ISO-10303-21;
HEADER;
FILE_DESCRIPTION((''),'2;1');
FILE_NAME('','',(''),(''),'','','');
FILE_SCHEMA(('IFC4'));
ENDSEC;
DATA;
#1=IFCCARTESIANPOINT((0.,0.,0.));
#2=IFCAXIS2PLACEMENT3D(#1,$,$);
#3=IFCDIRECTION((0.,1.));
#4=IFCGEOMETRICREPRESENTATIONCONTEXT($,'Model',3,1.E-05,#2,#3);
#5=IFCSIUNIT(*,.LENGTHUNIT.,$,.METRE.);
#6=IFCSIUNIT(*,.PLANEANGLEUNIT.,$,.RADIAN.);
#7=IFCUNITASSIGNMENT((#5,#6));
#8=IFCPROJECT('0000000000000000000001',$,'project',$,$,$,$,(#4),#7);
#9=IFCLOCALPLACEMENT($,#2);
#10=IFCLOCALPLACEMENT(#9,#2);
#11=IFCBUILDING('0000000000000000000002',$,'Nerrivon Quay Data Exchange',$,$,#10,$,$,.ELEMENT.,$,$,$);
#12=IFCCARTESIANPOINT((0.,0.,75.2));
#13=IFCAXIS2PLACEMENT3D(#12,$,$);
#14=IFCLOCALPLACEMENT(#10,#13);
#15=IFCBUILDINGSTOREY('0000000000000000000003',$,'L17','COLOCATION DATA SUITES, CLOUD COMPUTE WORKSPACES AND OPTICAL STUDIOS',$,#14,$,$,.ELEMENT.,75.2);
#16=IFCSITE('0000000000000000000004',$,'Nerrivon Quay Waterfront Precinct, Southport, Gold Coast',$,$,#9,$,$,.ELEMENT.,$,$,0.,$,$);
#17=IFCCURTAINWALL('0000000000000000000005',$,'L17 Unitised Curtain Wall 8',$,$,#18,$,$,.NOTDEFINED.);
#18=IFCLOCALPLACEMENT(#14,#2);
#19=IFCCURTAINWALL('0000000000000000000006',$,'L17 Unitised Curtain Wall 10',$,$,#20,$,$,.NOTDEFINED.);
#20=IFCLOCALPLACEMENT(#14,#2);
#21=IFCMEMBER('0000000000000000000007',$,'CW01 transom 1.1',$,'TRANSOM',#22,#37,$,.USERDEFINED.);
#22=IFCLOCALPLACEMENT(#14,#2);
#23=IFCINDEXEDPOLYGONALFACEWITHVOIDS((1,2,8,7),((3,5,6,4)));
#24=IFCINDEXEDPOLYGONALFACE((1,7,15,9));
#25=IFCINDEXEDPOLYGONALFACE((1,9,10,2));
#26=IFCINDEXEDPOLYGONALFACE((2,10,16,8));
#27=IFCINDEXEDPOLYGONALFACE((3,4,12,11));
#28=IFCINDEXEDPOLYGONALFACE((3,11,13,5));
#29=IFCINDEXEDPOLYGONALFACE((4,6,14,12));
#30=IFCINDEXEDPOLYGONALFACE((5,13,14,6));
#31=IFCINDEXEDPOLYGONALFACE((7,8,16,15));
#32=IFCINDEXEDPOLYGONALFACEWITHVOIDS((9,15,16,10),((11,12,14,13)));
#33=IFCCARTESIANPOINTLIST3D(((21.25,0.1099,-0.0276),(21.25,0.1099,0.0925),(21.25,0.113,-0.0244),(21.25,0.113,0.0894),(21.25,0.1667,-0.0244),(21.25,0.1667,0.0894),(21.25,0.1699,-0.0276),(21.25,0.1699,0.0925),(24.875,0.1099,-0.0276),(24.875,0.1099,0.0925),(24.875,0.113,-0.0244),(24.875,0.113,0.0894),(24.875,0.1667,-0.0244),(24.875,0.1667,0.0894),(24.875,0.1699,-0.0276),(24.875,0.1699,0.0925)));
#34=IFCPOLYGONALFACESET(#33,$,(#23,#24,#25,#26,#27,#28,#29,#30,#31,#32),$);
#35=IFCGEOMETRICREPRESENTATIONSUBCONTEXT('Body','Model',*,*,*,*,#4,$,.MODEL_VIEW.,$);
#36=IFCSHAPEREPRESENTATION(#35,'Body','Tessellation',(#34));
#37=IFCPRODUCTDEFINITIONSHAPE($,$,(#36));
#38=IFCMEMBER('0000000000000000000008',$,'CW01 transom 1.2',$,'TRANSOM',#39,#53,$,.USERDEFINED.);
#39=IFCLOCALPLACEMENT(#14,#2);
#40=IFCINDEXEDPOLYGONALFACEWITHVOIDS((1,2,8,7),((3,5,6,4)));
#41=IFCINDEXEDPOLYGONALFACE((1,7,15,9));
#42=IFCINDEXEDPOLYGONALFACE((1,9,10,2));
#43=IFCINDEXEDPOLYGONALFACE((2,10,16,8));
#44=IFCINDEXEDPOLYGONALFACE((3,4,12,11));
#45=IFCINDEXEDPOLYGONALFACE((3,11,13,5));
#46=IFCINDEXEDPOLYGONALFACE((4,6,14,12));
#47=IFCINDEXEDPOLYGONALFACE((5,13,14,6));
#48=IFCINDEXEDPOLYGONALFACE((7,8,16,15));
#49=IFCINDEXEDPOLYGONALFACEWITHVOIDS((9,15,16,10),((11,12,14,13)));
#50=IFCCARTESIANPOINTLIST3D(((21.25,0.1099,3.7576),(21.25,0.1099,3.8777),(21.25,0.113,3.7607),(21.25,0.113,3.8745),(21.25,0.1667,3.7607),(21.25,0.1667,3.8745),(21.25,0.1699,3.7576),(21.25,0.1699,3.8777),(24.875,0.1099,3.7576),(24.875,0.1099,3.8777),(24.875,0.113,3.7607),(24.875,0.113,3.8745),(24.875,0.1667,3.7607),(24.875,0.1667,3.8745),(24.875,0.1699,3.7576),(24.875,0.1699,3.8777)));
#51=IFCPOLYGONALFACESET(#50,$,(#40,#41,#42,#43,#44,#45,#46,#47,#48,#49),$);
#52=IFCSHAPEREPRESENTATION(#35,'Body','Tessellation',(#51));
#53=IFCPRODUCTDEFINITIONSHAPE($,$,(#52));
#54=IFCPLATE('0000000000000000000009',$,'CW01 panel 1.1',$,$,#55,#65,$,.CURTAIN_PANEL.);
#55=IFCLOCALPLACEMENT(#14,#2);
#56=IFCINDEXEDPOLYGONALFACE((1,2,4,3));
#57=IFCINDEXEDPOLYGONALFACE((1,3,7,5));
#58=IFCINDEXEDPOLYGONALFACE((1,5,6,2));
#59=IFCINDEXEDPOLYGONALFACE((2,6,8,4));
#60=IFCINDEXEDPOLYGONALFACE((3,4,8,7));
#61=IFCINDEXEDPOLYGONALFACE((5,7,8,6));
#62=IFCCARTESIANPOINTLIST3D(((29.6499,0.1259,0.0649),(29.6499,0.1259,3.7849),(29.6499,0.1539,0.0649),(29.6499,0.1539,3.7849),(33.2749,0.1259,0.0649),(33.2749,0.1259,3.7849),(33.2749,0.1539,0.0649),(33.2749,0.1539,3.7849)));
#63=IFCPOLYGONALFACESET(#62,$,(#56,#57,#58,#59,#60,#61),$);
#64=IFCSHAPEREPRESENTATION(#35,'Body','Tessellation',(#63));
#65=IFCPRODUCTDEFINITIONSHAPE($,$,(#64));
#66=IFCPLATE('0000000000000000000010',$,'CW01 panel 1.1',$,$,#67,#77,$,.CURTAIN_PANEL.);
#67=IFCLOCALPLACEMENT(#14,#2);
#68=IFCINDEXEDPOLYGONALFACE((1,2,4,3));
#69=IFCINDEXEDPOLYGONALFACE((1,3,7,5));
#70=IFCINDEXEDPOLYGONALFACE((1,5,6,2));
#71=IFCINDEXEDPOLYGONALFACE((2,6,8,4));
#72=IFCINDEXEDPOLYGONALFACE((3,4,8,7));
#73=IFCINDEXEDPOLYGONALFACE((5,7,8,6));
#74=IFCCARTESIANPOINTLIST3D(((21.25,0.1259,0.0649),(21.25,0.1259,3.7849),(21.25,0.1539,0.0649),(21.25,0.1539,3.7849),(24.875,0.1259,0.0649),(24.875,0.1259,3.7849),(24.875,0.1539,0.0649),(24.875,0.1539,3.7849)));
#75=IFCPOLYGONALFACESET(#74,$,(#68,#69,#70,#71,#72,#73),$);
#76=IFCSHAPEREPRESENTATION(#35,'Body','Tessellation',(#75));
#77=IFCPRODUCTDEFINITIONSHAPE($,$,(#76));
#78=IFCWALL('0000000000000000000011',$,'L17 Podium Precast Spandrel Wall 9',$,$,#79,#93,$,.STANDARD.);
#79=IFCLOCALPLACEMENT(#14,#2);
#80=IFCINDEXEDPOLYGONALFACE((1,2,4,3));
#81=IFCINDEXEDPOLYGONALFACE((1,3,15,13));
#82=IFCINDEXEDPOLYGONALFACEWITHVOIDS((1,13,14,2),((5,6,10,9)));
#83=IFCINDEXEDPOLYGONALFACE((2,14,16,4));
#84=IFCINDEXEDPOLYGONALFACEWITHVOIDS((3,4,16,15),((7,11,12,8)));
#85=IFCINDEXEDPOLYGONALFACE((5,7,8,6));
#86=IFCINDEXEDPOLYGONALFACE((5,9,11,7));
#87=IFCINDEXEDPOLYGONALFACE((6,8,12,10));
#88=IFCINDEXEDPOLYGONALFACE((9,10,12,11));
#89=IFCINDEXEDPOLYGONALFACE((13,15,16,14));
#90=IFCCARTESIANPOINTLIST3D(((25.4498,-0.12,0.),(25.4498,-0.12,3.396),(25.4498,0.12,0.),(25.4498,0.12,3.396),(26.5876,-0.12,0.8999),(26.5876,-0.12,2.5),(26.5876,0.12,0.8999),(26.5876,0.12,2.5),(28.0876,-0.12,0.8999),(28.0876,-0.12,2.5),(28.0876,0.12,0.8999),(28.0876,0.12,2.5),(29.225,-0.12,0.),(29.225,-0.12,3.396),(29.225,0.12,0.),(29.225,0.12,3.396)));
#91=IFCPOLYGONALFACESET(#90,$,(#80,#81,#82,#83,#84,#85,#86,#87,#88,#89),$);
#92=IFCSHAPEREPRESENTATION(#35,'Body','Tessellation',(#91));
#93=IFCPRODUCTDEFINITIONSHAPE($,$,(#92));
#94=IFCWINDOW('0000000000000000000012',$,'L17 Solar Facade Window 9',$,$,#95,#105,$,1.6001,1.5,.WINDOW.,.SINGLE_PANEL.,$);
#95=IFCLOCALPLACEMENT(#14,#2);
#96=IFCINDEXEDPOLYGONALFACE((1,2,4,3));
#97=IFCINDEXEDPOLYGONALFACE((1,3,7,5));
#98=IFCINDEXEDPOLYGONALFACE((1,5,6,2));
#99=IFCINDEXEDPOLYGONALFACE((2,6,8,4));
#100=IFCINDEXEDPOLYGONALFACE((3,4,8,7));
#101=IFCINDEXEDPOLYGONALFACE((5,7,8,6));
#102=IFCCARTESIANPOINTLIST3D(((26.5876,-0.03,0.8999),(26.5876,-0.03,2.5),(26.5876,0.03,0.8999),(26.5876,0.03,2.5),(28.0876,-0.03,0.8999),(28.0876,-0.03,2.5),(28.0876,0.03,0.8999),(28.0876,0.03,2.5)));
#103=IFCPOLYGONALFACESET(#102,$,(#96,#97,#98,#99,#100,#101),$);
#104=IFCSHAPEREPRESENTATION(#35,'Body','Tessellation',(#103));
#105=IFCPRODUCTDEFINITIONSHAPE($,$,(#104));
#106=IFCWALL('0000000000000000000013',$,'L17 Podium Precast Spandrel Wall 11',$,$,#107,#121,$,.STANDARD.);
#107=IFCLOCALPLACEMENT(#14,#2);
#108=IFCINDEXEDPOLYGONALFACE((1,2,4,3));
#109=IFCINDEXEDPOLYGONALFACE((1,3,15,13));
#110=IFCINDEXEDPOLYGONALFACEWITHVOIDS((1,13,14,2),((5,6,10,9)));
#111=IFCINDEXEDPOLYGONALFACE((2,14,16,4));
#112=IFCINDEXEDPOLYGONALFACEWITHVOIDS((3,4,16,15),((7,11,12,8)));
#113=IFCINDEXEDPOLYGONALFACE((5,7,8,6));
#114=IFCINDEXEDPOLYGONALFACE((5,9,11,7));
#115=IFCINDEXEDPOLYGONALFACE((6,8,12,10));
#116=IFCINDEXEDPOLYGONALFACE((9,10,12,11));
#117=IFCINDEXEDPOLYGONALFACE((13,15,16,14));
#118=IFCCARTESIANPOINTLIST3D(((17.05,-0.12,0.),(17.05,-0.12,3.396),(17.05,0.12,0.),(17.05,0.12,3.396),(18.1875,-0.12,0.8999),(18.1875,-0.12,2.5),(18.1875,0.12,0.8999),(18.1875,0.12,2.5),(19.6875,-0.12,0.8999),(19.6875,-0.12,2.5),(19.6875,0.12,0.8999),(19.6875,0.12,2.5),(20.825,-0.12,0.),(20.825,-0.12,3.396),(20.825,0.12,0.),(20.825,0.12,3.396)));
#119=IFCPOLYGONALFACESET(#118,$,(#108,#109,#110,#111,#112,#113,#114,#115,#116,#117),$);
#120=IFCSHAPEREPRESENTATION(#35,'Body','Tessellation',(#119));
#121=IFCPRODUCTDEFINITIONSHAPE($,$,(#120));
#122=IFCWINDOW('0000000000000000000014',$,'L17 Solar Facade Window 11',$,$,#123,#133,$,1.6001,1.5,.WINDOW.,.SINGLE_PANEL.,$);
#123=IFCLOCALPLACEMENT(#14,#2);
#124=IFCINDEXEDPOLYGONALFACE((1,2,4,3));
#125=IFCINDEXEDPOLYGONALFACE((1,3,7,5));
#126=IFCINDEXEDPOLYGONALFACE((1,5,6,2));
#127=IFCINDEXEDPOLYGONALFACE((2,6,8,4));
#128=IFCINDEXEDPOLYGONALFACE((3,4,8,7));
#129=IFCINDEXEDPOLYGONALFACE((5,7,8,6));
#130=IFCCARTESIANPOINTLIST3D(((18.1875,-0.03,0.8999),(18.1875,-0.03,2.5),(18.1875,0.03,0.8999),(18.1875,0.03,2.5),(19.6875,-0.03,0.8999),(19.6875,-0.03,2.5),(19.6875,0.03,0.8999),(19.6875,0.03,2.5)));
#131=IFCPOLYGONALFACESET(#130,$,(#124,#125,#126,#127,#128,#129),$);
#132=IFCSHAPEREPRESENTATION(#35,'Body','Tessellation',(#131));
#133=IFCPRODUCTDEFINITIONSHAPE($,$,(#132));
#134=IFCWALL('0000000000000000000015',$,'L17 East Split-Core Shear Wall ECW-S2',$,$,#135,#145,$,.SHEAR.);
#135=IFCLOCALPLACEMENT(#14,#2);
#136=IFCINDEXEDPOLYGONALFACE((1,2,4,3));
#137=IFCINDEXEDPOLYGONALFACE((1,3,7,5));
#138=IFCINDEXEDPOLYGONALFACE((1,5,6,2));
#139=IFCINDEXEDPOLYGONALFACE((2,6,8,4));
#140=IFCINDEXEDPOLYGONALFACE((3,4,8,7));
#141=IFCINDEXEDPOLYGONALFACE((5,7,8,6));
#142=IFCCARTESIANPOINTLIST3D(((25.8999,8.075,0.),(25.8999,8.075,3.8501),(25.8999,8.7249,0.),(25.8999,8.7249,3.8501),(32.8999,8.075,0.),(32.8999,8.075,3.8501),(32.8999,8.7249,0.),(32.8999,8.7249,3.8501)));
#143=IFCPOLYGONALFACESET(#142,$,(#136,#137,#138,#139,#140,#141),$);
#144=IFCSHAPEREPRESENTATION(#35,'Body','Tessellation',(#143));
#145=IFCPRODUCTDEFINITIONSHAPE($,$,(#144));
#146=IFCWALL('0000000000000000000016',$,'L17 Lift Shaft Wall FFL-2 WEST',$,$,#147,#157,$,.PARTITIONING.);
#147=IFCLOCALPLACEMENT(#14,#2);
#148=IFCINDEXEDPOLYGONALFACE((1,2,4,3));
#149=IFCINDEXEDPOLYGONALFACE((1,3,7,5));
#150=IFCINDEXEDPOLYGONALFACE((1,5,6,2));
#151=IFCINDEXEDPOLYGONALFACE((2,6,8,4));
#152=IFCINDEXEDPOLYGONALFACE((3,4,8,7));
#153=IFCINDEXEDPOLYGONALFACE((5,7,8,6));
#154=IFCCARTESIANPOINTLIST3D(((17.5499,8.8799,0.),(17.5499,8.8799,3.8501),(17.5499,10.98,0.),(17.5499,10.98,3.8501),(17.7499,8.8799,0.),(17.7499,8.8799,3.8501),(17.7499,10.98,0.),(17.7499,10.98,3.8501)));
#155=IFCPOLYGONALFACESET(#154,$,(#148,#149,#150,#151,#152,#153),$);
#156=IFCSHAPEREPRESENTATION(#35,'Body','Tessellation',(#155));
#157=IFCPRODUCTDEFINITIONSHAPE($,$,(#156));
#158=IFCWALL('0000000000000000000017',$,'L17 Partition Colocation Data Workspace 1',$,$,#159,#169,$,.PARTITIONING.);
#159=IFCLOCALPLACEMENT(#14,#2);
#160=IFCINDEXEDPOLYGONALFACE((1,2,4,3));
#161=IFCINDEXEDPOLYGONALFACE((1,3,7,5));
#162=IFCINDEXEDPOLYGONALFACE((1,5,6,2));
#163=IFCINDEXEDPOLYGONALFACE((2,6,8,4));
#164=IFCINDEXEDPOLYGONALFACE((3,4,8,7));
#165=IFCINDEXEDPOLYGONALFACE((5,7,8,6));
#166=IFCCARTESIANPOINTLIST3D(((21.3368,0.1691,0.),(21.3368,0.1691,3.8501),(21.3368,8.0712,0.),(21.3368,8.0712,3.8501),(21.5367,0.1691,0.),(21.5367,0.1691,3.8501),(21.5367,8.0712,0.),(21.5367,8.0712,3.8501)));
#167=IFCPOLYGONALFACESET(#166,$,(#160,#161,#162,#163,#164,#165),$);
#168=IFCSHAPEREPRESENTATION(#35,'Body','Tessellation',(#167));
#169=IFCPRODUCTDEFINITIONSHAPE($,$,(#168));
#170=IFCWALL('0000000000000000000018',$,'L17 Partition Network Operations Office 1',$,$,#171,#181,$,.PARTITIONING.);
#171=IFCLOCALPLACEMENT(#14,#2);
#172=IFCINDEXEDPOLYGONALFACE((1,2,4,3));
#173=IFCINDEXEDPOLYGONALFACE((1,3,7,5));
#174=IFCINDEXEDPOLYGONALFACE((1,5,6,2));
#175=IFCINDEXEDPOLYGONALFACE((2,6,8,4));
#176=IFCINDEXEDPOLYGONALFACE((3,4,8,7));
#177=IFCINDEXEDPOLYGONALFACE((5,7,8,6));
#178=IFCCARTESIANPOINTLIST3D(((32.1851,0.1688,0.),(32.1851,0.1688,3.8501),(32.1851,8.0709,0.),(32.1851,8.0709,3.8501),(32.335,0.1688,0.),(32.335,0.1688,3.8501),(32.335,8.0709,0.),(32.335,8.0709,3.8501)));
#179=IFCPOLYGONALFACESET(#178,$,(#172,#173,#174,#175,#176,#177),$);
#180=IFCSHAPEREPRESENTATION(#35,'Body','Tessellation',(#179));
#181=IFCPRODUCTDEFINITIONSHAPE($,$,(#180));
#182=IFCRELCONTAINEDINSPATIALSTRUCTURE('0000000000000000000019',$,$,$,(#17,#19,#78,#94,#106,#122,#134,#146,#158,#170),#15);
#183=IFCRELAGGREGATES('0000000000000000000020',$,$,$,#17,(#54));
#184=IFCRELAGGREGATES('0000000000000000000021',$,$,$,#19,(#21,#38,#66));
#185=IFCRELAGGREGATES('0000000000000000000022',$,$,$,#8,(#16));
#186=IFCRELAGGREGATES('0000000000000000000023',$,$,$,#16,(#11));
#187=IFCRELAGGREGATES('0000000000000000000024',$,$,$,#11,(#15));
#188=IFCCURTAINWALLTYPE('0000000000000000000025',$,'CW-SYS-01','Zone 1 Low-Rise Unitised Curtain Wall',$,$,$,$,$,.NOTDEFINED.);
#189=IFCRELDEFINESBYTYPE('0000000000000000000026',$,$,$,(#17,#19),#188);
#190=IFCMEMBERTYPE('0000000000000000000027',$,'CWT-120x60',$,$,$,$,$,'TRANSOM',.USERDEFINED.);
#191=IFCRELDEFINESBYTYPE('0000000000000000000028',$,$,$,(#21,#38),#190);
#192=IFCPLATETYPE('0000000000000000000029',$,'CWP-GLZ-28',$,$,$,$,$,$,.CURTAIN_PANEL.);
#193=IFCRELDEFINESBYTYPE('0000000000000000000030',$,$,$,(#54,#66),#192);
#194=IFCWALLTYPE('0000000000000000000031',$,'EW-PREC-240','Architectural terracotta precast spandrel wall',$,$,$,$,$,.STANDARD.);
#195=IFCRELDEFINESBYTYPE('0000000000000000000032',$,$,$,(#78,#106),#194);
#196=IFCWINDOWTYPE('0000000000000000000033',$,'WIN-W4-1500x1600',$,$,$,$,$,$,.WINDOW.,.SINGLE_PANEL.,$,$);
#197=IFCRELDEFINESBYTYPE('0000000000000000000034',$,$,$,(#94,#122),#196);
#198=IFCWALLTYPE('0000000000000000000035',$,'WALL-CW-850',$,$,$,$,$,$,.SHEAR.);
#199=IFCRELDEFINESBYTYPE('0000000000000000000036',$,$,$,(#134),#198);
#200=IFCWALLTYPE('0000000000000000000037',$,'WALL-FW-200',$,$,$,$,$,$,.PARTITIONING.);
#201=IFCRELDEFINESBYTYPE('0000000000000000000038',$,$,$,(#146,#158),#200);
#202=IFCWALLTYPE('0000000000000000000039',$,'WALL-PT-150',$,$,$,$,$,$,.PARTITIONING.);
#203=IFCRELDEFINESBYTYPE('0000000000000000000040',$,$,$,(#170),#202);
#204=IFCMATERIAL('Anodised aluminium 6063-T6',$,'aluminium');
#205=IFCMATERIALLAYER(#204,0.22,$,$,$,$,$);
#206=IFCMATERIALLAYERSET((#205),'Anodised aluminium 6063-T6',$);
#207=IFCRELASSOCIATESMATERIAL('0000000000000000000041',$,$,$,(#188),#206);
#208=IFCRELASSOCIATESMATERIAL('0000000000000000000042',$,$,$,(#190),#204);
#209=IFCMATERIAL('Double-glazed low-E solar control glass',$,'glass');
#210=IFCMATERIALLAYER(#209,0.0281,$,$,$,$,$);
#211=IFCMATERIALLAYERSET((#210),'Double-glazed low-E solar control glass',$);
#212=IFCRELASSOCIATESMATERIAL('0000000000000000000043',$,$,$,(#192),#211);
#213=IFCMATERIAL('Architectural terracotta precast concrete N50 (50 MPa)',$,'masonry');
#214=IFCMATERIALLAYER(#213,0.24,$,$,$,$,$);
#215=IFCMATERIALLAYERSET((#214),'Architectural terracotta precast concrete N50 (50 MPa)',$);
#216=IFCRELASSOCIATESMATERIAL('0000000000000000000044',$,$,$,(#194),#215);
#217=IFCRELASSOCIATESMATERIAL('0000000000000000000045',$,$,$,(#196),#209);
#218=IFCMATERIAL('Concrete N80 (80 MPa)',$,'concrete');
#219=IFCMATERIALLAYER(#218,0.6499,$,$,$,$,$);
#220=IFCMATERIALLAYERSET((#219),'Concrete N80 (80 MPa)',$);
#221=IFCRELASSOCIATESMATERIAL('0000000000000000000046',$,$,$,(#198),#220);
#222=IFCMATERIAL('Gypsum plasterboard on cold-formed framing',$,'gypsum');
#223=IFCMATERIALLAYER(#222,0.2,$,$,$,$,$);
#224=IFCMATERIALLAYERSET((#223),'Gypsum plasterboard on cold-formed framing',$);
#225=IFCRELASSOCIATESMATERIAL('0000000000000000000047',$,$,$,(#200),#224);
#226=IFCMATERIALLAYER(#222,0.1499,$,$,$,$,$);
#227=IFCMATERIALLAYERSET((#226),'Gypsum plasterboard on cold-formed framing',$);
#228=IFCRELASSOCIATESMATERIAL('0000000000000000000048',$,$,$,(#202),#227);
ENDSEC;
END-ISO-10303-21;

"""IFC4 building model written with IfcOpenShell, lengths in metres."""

from ifc_helpers import new_model, si_unit, direction, frame, frame_2d, origin, origin_2d, place, context, subcontext, project, spatial, rectangle, hollow_rectangle, extrude, material, layer, layer_set, material_profile, profile_set, type_object, element, fill, aggregate, save


model = new_model("IFC4")

# Units and contexts
model_context = context("Model", 3, precision=1e-05, world=origin(), true_north=direction((0.0, 1.0)))
body_context = subcontext(model_context, "Body", "Model", "MODEL_VIEW")
ifc_project = project(units=[si_unit("LENGTHUNIT", "METRE"), si_unit("PLANEANGLEUNIT", "RADIAN")], contexts=[model_context])

# Site, building, storey
site_placement = place(None, origin())
site = spatial("IfcSite", under=ifc_project, at=site_placement, Name="Nerrivon Quay Waterfront Precinct, Southport, Gold Coast", CompositionType="ELEMENT", RefElevation=0.0)
building_placement = place(site_placement, origin())
building = spatial("IfcBuilding", under=site, at=building_placement, Name="Nerrivon Quay Data Exchange", CompositionType="ELEMENT")
storey_placement = place(building_placement, frame((0.0, 0.0, 75.2)))
storey = spatial("IfcBuildingStorey", under=building, at=storey_placement, Name="L17", Description="COLOCATION DATA SUITES, CLOUD COMPUTE WORKSPACES AND OPTICAL STUDIOS", CompositionType="ELEMENT", Elevation=75.2)

# Shared definitions
ifc_material_1 = material(Name="Concrete N80 (80 MPa)", Category="concrete")

# Curtain wall
ifc_material_2 = material(Name="Anodised aluminium 6063-T6", Category="aluminium")
ifc_layer_1 = layer(ifc_material_2, 0.22)
ifc_layer_set_1 = layer_set([ifc_layer_1], Name="Anodised aluminium 6063-T6")
curtain_wall_type = type_object("IfcCurtainWallType", Name="CW-SYS-01", Description="Zone 1 Low-Rise Unitised Curtain Wall", PredefinedType="NOTDEFINED", material=ifc_layer_set_1)
curtain_wall_1_placement = place(storey_placement, origin())
curtain_wall_1 = element("IfcCurtainWall", 1, at=curtain_wall_1_placement, inside=storey, type_object=curtain_wall_type, Name="L17 Unitised Curtain Wall 8", PredefinedType="NOTDEFINED")

# Curtain wall, members
curtain_wall_2_placement = place(storey_placement, origin())
curtain_wall_2 = element("IfcCurtainWall", 2, at=curtain_wall_2_placement, inside=storey, type_object=curtain_wall_type, Name="L17 Unitised Curtain Wall 10", PredefinedType="NOTDEFINED")
ifc_material_profile_1 = material_profile(ifc_material_2, hollow_rectangle(XDim=0.0601, YDim=0.1201, WallThickness=0.0032, at=origin_2d()), Name="ALU-TRAN-120x60")
ifc_profile_set_1 = profile_set([ifc_material_profile_1], Name="Anodised aluminium 6063-T6")
member_type_1 = type_object("IfcMemberType", Name="CWT-120x60", ElementType="TRANSOM", PredefinedType="USERDEFINED", material=ifc_profile_set_1)
member_1_placement = place(storey_placement, frame((24.875, 0.1399, 0.0325), z_axis=(-1.0, 0.0, 0.0), x_axis=(0.0, -1.0, 0.0)))
member_1 = element("IfcMember", 3, at=member_1_placement, type_object=member_type_1, Name="CW01 transom 1.1", ObjectType="TRANSOM", PredefinedType="USERDEFINED", context=body_context, shape_type="SweptSolid", body=[
    extrude(hollow_rectangle(XDim=0.0601, YDim=0.1201, WallThickness=0.0032, at=origin_2d()), origin(), (0.0, 0.0, 1.0), 3.625),
])
member_2_placement = place(storey_placement, frame((24.875, 0.1399, 3.8176), z_axis=(-1.0, 0.0, 0.0), x_axis=(0.0, -1.0, 0.0)))
member_2 = element("IfcMember", 4, at=member_2_placement, type_object=member_type_1, Name="CW01 transom 1.2", ObjectType="TRANSOM", PredefinedType="USERDEFINED", context=body_context, shape_type="SweptSolid", body=[
    extrude(hollow_rectangle(XDim=0.0601, YDim=0.1201, WallThickness=0.0032, at=origin_2d()), origin(), (0.0, 0.0, 1.0), 3.625),
])

# Plates
ifc_material_3 = material(Name="Double-glazed low-E solar control glass", Category="glass")
ifc_layer_2 = layer(ifc_material_3, 0.0281)
ifc_layer_set_2 = layer_set([ifc_layer_2], Name="Double-glazed low-E solar control glass")
plate_type = type_object("IfcPlateType", Name="CWP-GLZ-28", PredefinedType="CURTAIN_PANEL", material=ifc_layer_set_2)
plate_1_placement = place(storey_placement, frame((31.4624, 0.1399, 0.0649), z_axis=(0.0, 0.0, 1.0), x_axis=(-1.0, 0.0, 0.0)))
plate_1 = element("IfcPlate", 5, at=plate_1_placement, type_object=plate_type, Name="CW01 panel 1.1", PredefinedType="CURTAIN_PANEL", context=body_context, shape_type="SweptSolid", body=[
    extrude(rectangle(XDim=3.625, YDim=0.0281, at=origin_2d()), origin(), (0.0, 0.0, 1.0), 3.72),
])
aggregate(curtain_wall_1, [plate_1])
plate_2_placement = place(storey_placement, frame((23.0625, 0.1399, 0.0649), z_axis=(0.0, 0.0, 1.0), x_axis=(-1.0, 0.0, 0.0)))
plate_2 = element("IfcPlate", 6, at=plate_2_placement, type_object=plate_type, Name="CW01 panel 1.1", PredefinedType="CURTAIN_PANEL", context=body_context, shape_type="SweptSolid", body=[
    extrude(rectangle(XDim=3.625, YDim=0.0281, at=origin_2d()), origin(), (0.0, 0.0, 1.0), 3.72),
])
aggregate(curtain_wall_2, [member_1, member_2, plate_2])

# Walls, openings, windows
ifc_material_4 = material(Name="Architectural terracotta precast concrete N50 (50 MPa)", Category="masonry")
ifc_layer_3 = layer(ifc_material_4, 0.24)
ifc_layer_set_3 = layer_set([ifc_layer_3], Name="Architectural terracotta precast concrete N50 (50 MPa)")
wall_type_1 = type_object("IfcWallType", Name="EW-PREC-240", Description="Architectural terracotta precast spandrel wall", PredefinedType="STANDARD", material=ifc_layer_set_3)
wall_1_placement = place(storey_placement, frame((29.2251, 0.0, 0.0), z_axis=(0.0, 0.0, 1.0), x_axis=(-1.0, 0.0, 0.0)))
wall_1 = element("IfcWall", 7, at=wall_1_placement, inside=storey, type_object=wall_type_1, Name="L17 Podium Precast Spandrel Wall 9", PredefinedType="STANDARD", context=body_context, shape_type="SweptSolid", body=[
    extrude(rectangle(XDim=3.7751, YDim=0.24, at=frame_2d((1.8877, 0.0))), origin(), (0.0, 0.0, 1.0), 3.396),
])
opening_1_placement = place(wall_1_placement, frame((1.1375, 0.0, 0.8999)))
opening_1 = element("IfcOpeningElement", 8, at=opening_1_placement, cuts=wall_1, PredefinedType="OPENING", context=body_context, shape_type="SweptSolid", body=[
    extrude(rectangle(XDim=1.5, YDim=1.6001, at=frame_2d((0.75, 0.8))), frame((0.0, 0.1299, 0.0), z_axis=(0.0, -1.0, 0.0), x_axis=(1.0, 0.0, 0.0)), (0.0, 0.0, 1.0), 0.26),
])
window_type = type_object("IfcWindowType", Name="WIN-W4-1500x1600", PartitioningType="SINGLE_PANEL", PredefinedType="WINDOW", material=ifc_material_3)
window_1_placement = place(opening_1_placement, origin())
window_1 = element("IfcWindow", 9, at=window_1_placement, inside=storey, type_object=window_type, Name="L17 Solar Facade Window 9", OverallHeight=1.6001, OverallWidth=1.5, PartitioningType="SINGLE_PANEL", PredefinedType="WINDOW", context=body_context, shape_type="SweptSolid", body=[
    extrude(rectangle(XDim=1.5, YDim=1.6001, at=frame_2d((0.75, 0.8))), frame((0.0, 0.03, 0.0), z_axis=(0.0, -1.0, 0.0), x_axis=(1.0, 0.0, 0.0)), (0.0, 0.0, 1.0), 0.0601),
])
fill(opening_1, window_1)
wall_2_placement = place(storey_placement, frame((20.825, 0.0, 0.0), z_axis=(0.0, 0.0, 1.0), x_axis=(-1.0, 0.0, 0.0)))
wall_2 = element("IfcWall", 10, at=wall_2_placement, inside=storey, type_object=wall_type_1, Name="L17 Podium Precast Spandrel Wall 11", PredefinedType="STANDARD", context=body_context, shape_type="SweptSolid", body=[
    extrude(rectangle(XDim=3.7749, YDim=0.24, at=frame_2d((1.8875, 0.0))), origin(), (0.0, 0.0, 1.0), 3.396),
])
opening_2_placement = place(wall_2_placement, frame((1.1375, 0.0, 0.8999)))
opening_2 = element("IfcOpeningElement", 11, at=opening_2_placement, cuts=wall_2, PredefinedType="OPENING", context=body_context, shape_type="SweptSolid", body=[
    extrude(rectangle(XDim=1.5, YDim=1.6001, at=frame_2d((0.75, 0.8))), frame((0.0, 0.1299, 0.0), z_axis=(0.0, -1.0, 0.0), x_axis=(1.0, 0.0, 0.0)), (0.0, 0.0, 1.0), 0.26),
])
window_2_placement = place(opening_2_placement, origin())
window_2 = element("IfcWindow", 12, at=window_2_placement, inside=storey, type_object=window_type, Name="L17 Solar Facade Window 11", OverallHeight=1.6001, OverallWidth=1.5, PartitioningType="SINGLE_PANEL", PredefinedType="WINDOW", context=body_context, shape_type="SweptSolid", body=[
    extrude(rectangle(XDim=1.5, YDim=1.6001, at=frame_2d((0.75, 0.8))), frame((0.0, 0.03, 0.0), z_axis=(0.0, -1.0, 0.0), x_axis=(1.0, 0.0, 0.0)), (0.0, 0.0, 1.0), 0.0601),
])
fill(opening_2, window_2)

# Wall
ifc_layer_4 = layer(ifc_material_1, 0.6499)
ifc_layer_set_4 = layer_set([ifc_layer_4], Name="Concrete N80 (80 MPa)")
wall_type_2 = type_object("IfcWallType", Name="WALL-CW-850", PredefinedType="SHEAR", material=ifc_layer_set_4)
wall_3_placement = place(storey_placement, frame((25.8999, 8.3999, 0.0), z_axis=(0.0, 0.0, 1.0), x_axis=(1.0, 0.0, 0.0)))
element("IfcWall", 13, at=wall_3_placement, inside=storey, type_object=wall_type_2, Name="L17 East Split-Core Shear Wall ECW-S2", PredefinedType="SHEAR", context=body_context, shape_type="SweptSolid", body=[
    extrude(rectangle(XDim=7.0, YDim=0.6499, at=frame_2d((3.5, 0.0))), origin(), (0.0, 0.0, 1.0), 3.8501),
])

# Walls
ifc_material_5 = material(Name="Gypsum plasterboard on cold-formed framing", Category="gypsum")
ifc_layer_5 = layer(ifc_material_5, 0.2)
ifc_layer_set_5 = layer_set([ifc_layer_5], Name="Gypsum plasterboard on cold-formed framing")
wall_type_3 = type_object("IfcWallType", Name="WALL-FW-200", PredefinedType="PARTITIONING", material=ifc_layer_set_5)
wall_4_placement = place(storey_placement, frame((17.6499, 8.8799, 0.0), z_axis=(0.0, 0.0, 1.0), x_axis=(0.0, 1.0, 0.0)))
element("IfcWall", 14, at=wall_4_placement, inside=storey, type_object=wall_type_3, Name="L17 Lift Shaft Wall FFL-2 WEST", PredefinedType="PARTITIONING", context=body_context, shape_type="SweptSolid", body=[
    extrude(rectangle(XDim=2.1001, YDim=0.2, at=frame_2d((1.05, 0.0))), origin(), (0.0, 0.0, 1.0), 3.8501),
])
wall_5_placement = place(storey_placement, frame((21.4368, 0.1689, 0.0), z_axis=(0.0, 0.0, 1.0), x_axis=(0.0, 1.0, 0.0)))
element("IfcWall", 15, at=wall_5_placement, inside=storey, type_object=wall_type_3, Name="L17 Partition Colocation Data Workspace 1", PredefinedType="PARTITIONING", context=body_context, shape_type="SweptSolid", body=[
    extrude(rectangle(XDim=7.9021, YDim=0.2, at=frame_2d((3.9512, 0.0))), origin(), (0.0, 0.0, 1.0), 3.8501),
])
ifc_layer_6 = layer(ifc_material_5, 0.1499)
ifc_layer_set_6 = layer_set([ifc_layer_6], Name="Gypsum plasterboard on cold-formed framing")
wall_type_4 = type_object("IfcWallType", Name="WALL-PT-150", PredefinedType="PARTITIONING", material=ifc_layer_set_6)
wall_6_placement = place(storey_placement, frame((32.26, 8.071, 0.0), z_axis=(0.0, 0.0, 1.0), x_axis=(0.0, -1.0, 0.0)))
element("IfcWall", 16, at=wall_6_placement, inside=storey, type_object=wall_type_4, Name="L17 Partition Network Operations Office 1", PredefinedType="PARTITIONING", context=body_context, shape_type="SweptSolid", body=[
    extrude(rectangle(XDim=7.9021, YDim=0.1499, at=frame_2d((3.9512, 0.0))), origin(), (0.0, 0.0, 1.0), 3.8501),
])

save(model, "model.ifc")
